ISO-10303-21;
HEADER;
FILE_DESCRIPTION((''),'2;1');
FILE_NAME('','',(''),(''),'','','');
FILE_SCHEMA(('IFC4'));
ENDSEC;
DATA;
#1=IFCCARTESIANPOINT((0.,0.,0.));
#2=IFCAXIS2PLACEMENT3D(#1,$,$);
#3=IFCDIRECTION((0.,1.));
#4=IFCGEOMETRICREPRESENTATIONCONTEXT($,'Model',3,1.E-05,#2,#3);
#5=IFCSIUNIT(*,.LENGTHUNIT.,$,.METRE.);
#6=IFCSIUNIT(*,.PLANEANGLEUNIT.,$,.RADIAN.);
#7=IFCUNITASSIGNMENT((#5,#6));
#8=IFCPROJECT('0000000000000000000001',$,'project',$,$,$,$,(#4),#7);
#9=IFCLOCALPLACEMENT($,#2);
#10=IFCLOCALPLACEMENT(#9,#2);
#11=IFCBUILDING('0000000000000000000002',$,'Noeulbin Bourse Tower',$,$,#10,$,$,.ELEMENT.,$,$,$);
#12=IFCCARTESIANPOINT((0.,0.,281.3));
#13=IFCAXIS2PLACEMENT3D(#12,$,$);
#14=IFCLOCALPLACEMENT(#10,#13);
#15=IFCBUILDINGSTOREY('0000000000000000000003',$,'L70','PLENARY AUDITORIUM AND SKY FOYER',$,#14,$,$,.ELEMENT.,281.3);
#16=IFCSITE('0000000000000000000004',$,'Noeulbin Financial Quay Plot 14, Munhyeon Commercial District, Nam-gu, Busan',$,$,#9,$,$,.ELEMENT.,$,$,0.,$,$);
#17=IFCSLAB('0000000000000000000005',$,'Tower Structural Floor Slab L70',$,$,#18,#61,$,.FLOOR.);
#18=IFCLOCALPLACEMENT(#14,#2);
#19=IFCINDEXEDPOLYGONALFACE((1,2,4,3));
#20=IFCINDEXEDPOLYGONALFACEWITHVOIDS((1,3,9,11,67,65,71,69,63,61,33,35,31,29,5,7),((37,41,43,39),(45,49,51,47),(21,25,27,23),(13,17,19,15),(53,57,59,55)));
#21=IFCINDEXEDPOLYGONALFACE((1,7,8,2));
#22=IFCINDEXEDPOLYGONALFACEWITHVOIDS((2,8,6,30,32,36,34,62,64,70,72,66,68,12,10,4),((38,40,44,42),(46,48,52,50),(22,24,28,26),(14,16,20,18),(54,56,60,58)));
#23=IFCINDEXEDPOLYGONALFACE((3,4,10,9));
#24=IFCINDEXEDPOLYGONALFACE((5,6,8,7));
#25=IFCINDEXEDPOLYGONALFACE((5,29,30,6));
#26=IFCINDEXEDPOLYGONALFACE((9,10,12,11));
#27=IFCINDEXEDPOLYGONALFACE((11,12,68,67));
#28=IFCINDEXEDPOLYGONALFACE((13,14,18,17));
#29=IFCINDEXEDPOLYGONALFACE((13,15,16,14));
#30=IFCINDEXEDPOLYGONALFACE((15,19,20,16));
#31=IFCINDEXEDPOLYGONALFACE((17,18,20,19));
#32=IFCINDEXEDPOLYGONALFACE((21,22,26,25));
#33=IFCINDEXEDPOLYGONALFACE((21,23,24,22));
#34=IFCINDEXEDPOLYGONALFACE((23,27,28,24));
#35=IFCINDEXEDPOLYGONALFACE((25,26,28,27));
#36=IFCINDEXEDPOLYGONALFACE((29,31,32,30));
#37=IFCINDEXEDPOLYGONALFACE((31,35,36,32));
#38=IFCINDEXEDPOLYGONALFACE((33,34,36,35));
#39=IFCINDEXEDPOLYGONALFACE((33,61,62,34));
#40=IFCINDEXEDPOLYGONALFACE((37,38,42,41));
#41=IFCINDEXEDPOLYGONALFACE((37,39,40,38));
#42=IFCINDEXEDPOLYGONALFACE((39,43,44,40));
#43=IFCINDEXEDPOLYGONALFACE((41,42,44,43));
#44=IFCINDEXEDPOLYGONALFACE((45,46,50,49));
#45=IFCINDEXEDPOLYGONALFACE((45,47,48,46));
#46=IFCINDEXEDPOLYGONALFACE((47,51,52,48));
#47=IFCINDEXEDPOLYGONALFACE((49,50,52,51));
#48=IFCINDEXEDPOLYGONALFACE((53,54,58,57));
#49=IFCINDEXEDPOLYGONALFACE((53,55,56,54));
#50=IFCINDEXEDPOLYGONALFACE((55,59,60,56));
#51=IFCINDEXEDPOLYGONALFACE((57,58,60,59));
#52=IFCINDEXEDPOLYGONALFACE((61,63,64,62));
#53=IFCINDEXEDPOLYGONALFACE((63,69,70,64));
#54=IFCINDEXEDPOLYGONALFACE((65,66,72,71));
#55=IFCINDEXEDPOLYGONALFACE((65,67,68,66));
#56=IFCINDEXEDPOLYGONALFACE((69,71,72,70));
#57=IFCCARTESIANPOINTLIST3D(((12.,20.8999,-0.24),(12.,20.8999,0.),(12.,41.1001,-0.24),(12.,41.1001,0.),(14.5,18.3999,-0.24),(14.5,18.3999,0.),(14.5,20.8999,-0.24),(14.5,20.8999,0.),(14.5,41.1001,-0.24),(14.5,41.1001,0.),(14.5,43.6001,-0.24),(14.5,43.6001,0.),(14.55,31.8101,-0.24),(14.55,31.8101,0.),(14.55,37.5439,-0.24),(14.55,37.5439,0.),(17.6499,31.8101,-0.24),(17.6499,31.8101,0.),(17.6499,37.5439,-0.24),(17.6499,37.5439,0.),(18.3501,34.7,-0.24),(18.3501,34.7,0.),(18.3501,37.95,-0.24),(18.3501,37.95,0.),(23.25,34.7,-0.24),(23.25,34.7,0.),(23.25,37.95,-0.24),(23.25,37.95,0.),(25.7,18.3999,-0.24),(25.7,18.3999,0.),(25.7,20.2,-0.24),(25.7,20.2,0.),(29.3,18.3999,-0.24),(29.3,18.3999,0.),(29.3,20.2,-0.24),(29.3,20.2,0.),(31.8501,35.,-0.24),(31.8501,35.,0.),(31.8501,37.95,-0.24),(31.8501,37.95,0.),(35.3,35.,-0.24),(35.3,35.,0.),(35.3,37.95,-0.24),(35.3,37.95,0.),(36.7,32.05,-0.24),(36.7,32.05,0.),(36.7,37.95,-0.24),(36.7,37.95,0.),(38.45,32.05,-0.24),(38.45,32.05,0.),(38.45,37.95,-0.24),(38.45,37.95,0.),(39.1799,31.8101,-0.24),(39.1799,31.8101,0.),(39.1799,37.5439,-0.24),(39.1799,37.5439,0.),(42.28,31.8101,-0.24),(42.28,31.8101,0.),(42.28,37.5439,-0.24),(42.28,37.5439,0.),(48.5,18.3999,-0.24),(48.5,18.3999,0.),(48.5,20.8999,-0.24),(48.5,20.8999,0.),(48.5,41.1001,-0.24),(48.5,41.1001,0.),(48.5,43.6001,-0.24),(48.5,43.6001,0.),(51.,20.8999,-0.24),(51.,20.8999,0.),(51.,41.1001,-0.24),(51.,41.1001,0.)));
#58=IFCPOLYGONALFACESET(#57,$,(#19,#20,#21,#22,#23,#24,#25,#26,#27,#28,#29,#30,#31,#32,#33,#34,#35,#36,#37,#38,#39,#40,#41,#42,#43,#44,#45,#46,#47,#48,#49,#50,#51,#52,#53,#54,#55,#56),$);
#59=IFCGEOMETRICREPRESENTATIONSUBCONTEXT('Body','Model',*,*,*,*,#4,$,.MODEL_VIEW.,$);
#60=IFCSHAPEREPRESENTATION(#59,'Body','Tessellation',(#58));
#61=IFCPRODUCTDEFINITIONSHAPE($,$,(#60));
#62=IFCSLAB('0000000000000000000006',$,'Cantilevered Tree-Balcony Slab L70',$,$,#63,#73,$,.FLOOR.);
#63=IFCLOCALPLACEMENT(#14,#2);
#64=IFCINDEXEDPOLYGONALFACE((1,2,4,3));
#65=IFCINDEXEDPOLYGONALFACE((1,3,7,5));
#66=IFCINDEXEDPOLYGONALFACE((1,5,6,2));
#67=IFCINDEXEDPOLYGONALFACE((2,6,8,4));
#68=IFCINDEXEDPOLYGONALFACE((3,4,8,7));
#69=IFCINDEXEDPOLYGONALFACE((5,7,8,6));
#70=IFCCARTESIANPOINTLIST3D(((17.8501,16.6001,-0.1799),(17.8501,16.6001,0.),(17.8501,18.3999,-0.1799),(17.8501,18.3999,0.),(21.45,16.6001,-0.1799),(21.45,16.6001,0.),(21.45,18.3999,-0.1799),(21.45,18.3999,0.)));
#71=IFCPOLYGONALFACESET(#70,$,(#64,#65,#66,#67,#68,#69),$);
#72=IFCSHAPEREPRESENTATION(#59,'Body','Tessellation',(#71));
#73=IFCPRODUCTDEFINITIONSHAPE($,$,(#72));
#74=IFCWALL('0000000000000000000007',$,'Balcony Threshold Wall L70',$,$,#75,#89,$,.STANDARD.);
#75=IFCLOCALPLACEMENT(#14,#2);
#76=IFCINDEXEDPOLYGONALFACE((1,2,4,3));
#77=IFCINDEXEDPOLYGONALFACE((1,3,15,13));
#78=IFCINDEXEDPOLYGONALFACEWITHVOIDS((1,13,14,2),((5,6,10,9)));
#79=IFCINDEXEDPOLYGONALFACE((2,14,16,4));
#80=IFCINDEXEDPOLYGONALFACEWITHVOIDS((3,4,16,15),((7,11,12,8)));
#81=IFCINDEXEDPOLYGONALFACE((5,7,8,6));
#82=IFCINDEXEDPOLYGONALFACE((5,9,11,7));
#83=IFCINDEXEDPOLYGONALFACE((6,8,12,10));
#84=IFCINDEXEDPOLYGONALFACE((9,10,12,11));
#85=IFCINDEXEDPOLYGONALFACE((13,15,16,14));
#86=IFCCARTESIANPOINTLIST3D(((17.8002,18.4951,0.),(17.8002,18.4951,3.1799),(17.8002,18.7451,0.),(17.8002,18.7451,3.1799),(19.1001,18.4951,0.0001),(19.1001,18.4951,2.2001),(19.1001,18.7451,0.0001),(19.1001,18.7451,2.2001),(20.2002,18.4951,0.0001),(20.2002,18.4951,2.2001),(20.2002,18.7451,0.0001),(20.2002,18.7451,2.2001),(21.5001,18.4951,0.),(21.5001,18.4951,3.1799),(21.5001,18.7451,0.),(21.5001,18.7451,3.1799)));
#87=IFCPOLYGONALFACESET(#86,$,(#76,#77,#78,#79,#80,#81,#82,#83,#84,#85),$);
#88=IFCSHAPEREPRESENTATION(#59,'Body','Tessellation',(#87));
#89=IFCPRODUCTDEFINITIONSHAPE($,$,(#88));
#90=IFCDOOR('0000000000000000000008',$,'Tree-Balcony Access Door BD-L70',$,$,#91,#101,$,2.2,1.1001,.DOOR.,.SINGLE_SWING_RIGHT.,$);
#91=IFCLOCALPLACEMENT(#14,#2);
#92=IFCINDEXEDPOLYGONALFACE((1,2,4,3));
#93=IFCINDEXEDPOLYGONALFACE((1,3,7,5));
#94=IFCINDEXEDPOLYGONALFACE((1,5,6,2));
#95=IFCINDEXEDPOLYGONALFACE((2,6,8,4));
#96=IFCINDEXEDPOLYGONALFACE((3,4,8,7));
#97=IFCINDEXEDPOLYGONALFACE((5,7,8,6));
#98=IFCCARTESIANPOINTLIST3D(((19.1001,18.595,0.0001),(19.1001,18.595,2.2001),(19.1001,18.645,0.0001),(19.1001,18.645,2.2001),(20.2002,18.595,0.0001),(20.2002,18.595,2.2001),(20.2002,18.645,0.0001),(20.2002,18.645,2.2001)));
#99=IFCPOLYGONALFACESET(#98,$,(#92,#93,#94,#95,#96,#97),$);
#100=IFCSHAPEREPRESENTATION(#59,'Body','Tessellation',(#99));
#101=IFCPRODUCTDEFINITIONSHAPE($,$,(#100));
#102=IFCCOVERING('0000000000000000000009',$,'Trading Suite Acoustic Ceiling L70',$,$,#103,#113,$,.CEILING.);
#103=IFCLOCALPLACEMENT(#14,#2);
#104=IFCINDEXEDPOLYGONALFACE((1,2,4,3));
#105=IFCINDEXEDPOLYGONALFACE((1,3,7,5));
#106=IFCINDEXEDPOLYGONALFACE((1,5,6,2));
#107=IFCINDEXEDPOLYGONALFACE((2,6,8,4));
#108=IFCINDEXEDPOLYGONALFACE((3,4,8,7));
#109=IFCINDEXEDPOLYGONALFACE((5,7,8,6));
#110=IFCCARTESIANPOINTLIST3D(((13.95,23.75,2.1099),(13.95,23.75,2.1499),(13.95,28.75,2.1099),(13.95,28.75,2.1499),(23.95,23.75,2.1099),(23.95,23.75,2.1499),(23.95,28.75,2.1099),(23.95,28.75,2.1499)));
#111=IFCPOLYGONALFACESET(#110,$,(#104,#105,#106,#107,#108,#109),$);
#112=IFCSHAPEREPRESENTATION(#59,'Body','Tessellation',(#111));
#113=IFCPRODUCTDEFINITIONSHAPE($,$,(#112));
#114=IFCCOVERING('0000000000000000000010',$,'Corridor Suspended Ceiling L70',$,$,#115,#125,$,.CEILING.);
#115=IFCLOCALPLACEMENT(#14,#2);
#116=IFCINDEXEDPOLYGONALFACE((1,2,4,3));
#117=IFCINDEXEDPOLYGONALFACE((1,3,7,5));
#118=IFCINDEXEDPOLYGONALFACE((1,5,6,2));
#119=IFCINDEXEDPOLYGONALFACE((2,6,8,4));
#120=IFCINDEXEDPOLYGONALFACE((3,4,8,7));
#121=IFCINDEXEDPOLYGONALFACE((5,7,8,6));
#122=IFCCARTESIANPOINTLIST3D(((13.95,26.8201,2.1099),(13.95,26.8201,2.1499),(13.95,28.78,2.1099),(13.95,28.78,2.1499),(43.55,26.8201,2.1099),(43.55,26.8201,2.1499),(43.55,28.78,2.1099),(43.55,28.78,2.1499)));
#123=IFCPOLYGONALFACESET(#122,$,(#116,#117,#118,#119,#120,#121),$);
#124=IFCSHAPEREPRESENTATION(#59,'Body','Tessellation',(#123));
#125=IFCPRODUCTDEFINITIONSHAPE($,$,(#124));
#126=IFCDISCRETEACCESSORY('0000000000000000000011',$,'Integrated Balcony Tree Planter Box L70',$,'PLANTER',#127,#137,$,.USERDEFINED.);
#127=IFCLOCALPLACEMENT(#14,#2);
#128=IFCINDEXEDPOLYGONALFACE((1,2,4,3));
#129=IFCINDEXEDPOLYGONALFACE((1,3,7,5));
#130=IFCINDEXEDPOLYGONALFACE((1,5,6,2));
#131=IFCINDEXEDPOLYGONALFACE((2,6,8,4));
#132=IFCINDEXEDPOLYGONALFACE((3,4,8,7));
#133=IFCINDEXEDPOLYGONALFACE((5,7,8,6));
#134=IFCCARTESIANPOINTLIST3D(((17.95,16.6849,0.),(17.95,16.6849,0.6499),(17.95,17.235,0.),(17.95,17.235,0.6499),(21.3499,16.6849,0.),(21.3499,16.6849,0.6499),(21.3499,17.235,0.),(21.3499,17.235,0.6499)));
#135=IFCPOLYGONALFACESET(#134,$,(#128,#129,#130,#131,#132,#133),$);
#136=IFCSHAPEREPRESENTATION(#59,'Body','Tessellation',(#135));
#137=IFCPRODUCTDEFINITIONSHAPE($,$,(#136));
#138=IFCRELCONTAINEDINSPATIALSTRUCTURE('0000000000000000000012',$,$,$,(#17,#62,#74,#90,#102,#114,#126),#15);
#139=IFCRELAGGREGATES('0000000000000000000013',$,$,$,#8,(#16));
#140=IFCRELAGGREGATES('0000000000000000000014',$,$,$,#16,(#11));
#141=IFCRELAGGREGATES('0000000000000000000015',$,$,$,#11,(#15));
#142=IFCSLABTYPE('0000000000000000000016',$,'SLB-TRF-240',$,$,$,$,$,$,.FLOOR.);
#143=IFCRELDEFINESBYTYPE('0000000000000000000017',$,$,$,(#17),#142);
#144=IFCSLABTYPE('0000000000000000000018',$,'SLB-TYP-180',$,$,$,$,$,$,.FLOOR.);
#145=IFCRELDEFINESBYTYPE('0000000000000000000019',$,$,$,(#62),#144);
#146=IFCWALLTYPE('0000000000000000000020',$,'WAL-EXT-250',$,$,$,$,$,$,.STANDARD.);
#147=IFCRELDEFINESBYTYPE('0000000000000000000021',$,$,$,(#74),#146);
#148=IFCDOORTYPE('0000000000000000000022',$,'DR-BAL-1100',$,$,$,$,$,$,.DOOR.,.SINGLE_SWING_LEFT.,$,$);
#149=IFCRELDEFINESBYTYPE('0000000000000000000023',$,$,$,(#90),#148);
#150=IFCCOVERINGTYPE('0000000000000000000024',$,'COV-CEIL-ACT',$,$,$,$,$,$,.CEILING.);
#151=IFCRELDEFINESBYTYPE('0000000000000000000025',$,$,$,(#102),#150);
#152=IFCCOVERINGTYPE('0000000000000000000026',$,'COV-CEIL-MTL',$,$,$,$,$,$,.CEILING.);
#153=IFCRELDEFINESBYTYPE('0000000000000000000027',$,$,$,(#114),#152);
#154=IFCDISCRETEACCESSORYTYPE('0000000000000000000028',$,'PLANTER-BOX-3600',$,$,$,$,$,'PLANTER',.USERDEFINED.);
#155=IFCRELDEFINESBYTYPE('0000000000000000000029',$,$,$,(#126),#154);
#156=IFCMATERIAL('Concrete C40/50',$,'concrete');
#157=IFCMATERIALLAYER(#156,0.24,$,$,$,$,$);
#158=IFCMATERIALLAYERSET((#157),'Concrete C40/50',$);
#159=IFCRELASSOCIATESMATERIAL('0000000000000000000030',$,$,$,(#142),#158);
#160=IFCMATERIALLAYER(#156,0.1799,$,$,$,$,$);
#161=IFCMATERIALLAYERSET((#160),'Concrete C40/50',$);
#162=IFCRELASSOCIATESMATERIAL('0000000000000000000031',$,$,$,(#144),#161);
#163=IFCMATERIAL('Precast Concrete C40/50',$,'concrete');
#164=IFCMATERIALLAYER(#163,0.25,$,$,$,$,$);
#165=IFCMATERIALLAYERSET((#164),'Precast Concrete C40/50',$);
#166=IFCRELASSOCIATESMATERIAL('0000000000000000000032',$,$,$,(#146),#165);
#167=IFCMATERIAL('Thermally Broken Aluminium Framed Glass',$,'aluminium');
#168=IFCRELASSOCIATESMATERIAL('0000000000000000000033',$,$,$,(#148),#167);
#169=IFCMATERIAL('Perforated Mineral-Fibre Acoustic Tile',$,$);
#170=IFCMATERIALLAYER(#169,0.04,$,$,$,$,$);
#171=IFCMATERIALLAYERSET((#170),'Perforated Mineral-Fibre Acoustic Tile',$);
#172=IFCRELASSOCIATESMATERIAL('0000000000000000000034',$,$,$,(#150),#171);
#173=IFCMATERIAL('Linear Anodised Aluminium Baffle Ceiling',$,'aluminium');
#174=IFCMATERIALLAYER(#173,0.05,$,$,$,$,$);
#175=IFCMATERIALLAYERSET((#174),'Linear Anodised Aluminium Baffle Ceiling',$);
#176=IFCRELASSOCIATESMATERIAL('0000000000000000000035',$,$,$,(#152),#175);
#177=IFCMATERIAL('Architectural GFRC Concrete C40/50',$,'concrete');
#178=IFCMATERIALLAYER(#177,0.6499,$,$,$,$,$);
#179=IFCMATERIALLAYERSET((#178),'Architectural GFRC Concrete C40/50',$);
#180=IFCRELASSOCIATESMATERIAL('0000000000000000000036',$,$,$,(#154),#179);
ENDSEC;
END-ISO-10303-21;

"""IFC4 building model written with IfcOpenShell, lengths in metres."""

from ifc_helpers import new_model, si_unit, direction, frame, frame_2d, origin, origin_2d, place, context, subcontext, project, spatial, polyline, rectangle, outline, extrude, material, layer, layer_set, type_object, element, fill, save


model = new_model("IFC4")

# Units and contexts
model_context = context("Model", 3, precision=1e-05, world=origin(), true_north=direction((0.0, 1.0)))
body_context = subcontext(model_context, "Body", "Model", "MODEL_VIEW")
ifc_project = project(units=[si_unit("LENGTHUNIT", "METRE"), si_unit("PLANEANGLEUNIT", "RADIAN")], contexts=[model_context])

# Site, building, storey
site_placement = place(None, origin())
site = spatial("IfcSite", under=ifc_project, at=site_placement, Name="Noeulbin Financial Quay Plot 14, Munhyeon Commercial District, Nam-gu, Busan", CompositionType="ELEMENT", RefElevation=0.0)
building_placement = place(site_placement, origin())
building = spatial("IfcBuilding", under=site, at=building_placement, Name="Noeulbin Bourse Tower", CompositionType="ELEMENT")
storey_placement = place(building_placement, frame((0.0, 0.0, 281.3)))
storey = spatial("IfcBuildingStorey", under=building, at=storey_placement, Name="L70", Description="PLENARY AUDITORIUM AND SKY FOYER", CompositionType="ELEMENT", Elevation=281.3)

# Shared definitions
ifc_material_1 = material(Name="Concrete C40/50", Category="concrete")

# Slab, openings
ifc_layer_1 = layer(ifc_material_1, 0.24)
ifc_layer_set_1 = layer_set([ifc_layer_1], Name="Concrete C40/50")
slab_type_1 = type_object("IfcSlabType", Name="SLB-TRF-240", PredefinedType="FLOOR", material=ifc_layer_set_1)
slab_1_placement = place(storey_placement, frame((0.0, 0.0, -0.24)))
slab_1 = element("IfcSlab", 1, at=slab_1_placement, inside=storey, type_object=slab_type_1, Name="Tower Structural Floor Slab L70", PredefinedType="FLOOR", context=body_context, shape_type="SweptSolid", body=[
    extrude(outline(polyline([(14.5, 18.3999), (25.7, 18.3999), (25.7, 20.2), (29.3, 20.2), (29.3, 18.3999), (48.5, 18.3999), (48.5, 20.8999), (51.0, 20.8999), (51.0, 41.1001), (48.5, 41.1001), (48.5, 43.6001), (14.5, 43.6001), (14.5, 41.1001), (12.0, 41.1001), (12.0, 20.8999), (14.5, 20.8999), (14.5, 18.3999)]), holes=[polyline([(17.6499, 31.8101), (17.6499, 37.5439), (14.55, 37.5439), (14.55, 31.8101), (17.6499, 31.8101)]), polyline([(42.28, 31.8101), (42.28, 37.5439), (39.1799, 37.5439), (39.1799, 31.8101), (42.28, 31.8101)]), polyline([(18.3501, 34.7), (23.25, 34.7), (23.25, 37.95), (18.3501, 37.95), (18.3501, 34.7)]), polyline([(36.7, 32.05), (38.45, 32.05), (38.45, 37.95), (36.7, 37.95), (36.7, 32.05)]), polyline([(31.8501, 35.0), (35.3, 35.0), (35.3, 37.95), (31.8501, 37.95), (31.8501, 35.0)])]), origin(), (0.0, 0.0, 1.0), 0.24),
])
opening_1_placement = place(slab_1_placement, frame((0.0, 0.0, -0.01)))
element("IfcOpeningElement", 2, at=opening_1_placement, cuts=slab_1, PredefinedType="OPENING", context=body_context, shape_type="SweptSolid", body=[
    extrude(outline(polyline([(17.6499, 31.8101), (17.6499, 37.5439), (14.55, 37.5439), (14.55, 31.8101), (17.6499, 31.8101)])), origin(), (0.0, 0.0, 1.0), 0.26),
])
opening_2_placement = place(slab_1_placement, frame((0.0, 0.0, -0.01)))
element("IfcOpeningElement", 3, at=opening_2_placement, cuts=slab_1, PredefinedType="OPENING", context=body_context, shape_type="SweptSolid", body=[
    extrude(outline(polyline([(42.28, 31.8101), (42.28, 37.5439), (39.1799, 37.5439), (39.1799, 31.8101), (42.28, 31.8101)])), origin(), (0.0, 0.0, 1.0), 0.26),
])
opening_3_placement = place(slab_1_placement, frame((0.0, 0.0, -0.01)))
element("IfcOpeningElement", 4, at=opening_3_placement, cuts=slab_1, PredefinedType="OPENING", context=body_context, shape_type="SweptSolid", body=[
    extrude(outline(polyline([(18.3501, 34.7), (23.25, 34.7), (23.25, 37.95), (18.3501, 37.95), (18.3501, 34.7)])), origin(), (0.0, 0.0, 1.0), 0.26),
])
opening_4_placement = place(slab_1_placement, frame((0.0, 0.0, -0.01)))
element("IfcOpeningElement", 5, at=opening_4_placement, cuts=slab_1, PredefinedType="OPENING", context=body_context, shape_type="SweptSolid", body=[
    extrude(outline(polyline([(36.7, 32.05), (38.45, 32.05), (38.45, 37.95), (36.7, 37.95), (36.7, 32.05)])), origin(), (0.0, 0.0, 1.0), 0.26),
])
opening_5_placement = place(slab_1_placement, frame((0.0, 0.0, -0.01)))
element("IfcOpeningElement", 6, at=opening_5_placement, cuts=slab_1, PredefinedType="OPENING", context=body_context, shape_type="SweptSolid", body=[
    extrude(outline(polyline([(31.8501, 35.0), (35.3, 35.0), (35.3, 37.95), (31.8501, 37.95), (31.8501, 35.0)])), origin(), (0.0, 0.0, 1.0), 0.26),
])

# Slab
ifc_layer_2 = layer(ifc_material_1, 0.1799)
ifc_layer_set_2 = layer_set([ifc_layer_2], Name="Concrete C40/50")
slab_type_2 = type_object("IfcSlabType", Name="SLB-TYP-180", PredefinedType="FLOOR", material=ifc_layer_set_2)
slab_2_placement = place(storey_placement, frame((0.0, 0.0, -0.1799)))
element("IfcSlab", 7, at=slab_2_placement, inside=storey, type_object=slab_type_2, Name="Cantilevered Tree-Balcony Slab L70", PredefinedType="FLOOR", context=body_context, shape_type="SweptSolid", body=[
    extrude(outline(polyline([(17.8501, 16.6001), (21.45, 16.6001), (21.45, 18.3999), (17.8501, 18.3999), (17.8501, 16.6001)])), origin(), (0.0, 0.0, 1.0), 0.1799),
])

# Wall, opening, door
ifc_material_2 = material(Name="Precast Concrete C40/50", Category="concrete")
ifc_layer_3 = layer(ifc_material_2, 0.25)
ifc_layer_set_3 = layer_set([ifc_layer_3], Name="Precast Concrete C40/50")
wall_type = type_object("IfcWallType", Name="WAL-EXT-250", PredefinedType="STANDARD", material=ifc_layer_set_3)
wall_placement = place(storey_placement, frame((17.8, 18.6201, 0.0), z_axis=(0.0, 0.0, 1.0), x_axis=(1.0, 0.0, 0.0)))
wall = element("IfcWall", 8, at=wall_placement, inside=storey, type_object=wall_type, Name="Balcony Threshold Wall L70", PredefinedType="STANDARD", context=body_context, shape_type="SweptSolid", body=[
    extrude(rectangle(XDim=3.7, YDim=0.25, at=frame_2d((1.8501, 0.0))), origin(), (0.0, 0.0, 1.0), 3.1799),
])
opening_6_placement = place(wall_placement, frame((1.3, 0.0, 0.0)))
opening_6 = element("IfcOpeningElement", 9, at=opening_6_placement, cuts=wall, PredefinedType="OPENING", context=body_context, shape_type="SweptSolid", body=[
    extrude(rectangle(XDim=1.1001, YDim=2.2, at=frame_2d((0.55, 1.1001))), frame((0.0, 0.135, 0.0), z_axis=(0.0, -1.0, 0.0), x_axis=(1.0, 0.0, 0.0)), (0.0, 0.0, 1.0), 0.27),
])
ifc_material_3 = material(Name="Thermally Broken Aluminium Framed Glass", Category="aluminium")
door_type = type_object("IfcDoorType", Name="DR-BAL-1100", OperationType="SINGLE_SWING_LEFT", PredefinedType="DOOR", material=ifc_material_3)
door_placement = place(opening_6_placement, origin())
door = element("IfcDoor", 10, at=door_placement, inside=storey, type_object=door_type, Name="Tree-Balcony Access Door BD-L70", OperationType="SINGLE_SWING_RIGHT", OverallHeight=2.2, OverallWidth=1.1001, PredefinedType="DOOR", context=body_context, shape_type="SweptSolid", body=[
    extrude(rectangle(XDim=1.1001, YDim=2.2, at=frame_2d((0.55, 1.1001))), frame((0.0, 0.0249, 0.0), z_axis=(0.0, -1.0, 0.0), x_axis=(1.0, 0.0, 0.0)), (0.0, 0.0, 1.0), 0.05),
])
fill(opening_6, door)

# Coverings
ifc_material_4 = material(Name="Perforated Mineral-Fibre Acoustic Tile")
ifc_layer_4 = layer(ifc_material_4, 0.04)
ifc_layer_set_4 = layer_set([ifc_layer_4], Name="Perforated Mineral-Fibre Acoustic Tile")
covering_type_1 = type_object("IfcCoveringType", Name="COV-CEIL-ACT", PredefinedType="CEILING", material=ifc_layer_set_4)
covering_1_placement = place(storey_placement, frame((0.0, 0.0, 2.1099)))
element("IfcCovering", 11, at=covering_1_placement, inside=storey, type_object=covering_type_1, Name="Trading Suite Acoustic Ceiling L70", PredefinedType="CEILING", context=body_context, shape_type="SweptSolid", body=[
    extrude(outline(polyline([(13.95, 23.75), (23.95, 23.75), (23.95, 28.75), (13.95, 28.75), (13.95, 23.75)])), origin(), (0.0, 0.0, 1.0), 0.04),
])
ifc_material_5 = material(Name="Linear Anodised Aluminium Baffle Ceiling", Category="aluminium")
ifc_layer_5 = layer(ifc_material_5, 0.05)
ifc_layer_set_5 = layer_set([ifc_layer_5], Name="Linear Anodised Aluminium Baffle Ceiling")
covering_type_2 = type_object("IfcCoveringType", Name="COV-CEIL-MTL", PredefinedType="CEILING", material=ifc_layer_set_5)
covering_2_placement = place(storey_placement, frame((0.0, 0.0, 2.1099)))
element("IfcCovering", 12, at=covering_2_placement, inside=storey, type_object=covering_type_2, Name="Corridor Suspended Ceiling L70", PredefinedType="CEILING", context=body_context, shape_type="SweptSolid", body=[
    extrude(outline(polyline([(13.95, 26.8201), (43.55, 26.8201), (43.55, 28.78), (13.95, 28.78), (13.95, 26.8201)])), origin(), (0.0, 0.0, 1.0), 0.04),
])

# Discrete accessory
ifc_material_6 = material(Name="Architectural GFRC Concrete C40/50", Category="concrete")
ifc_layer_6 = layer(ifc_material_6, 0.6499)
ifc_layer_set_6 = layer_set([ifc_layer_6], Name="Architectural GFRC Concrete C40/50")
discrete_accessory_type = type_object("IfcDiscreteAccessoryType", Name="PLANTER-BOX-3600", ElementType="PLANTER", PredefinedType="USERDEFINED", material=ifc_layer_set_6)
discrete_accessory_placement = place(storey_placement, frame((19.6499, 16.96, 0.0), z_axis=(0.0, 0.0, 1.0), x_axis=(1.0, 0.0, 0.0)))
element("IfcDiscreteAccessory", 13, at=discrete_accessory_placement, inside=storey, type_object=discrete_accessory_type, Name="Integrated Balcony Tree Planter Box L70", ObjectType="PLANTER", PredefinedType="USERDEFINED", context=body_context, shape_type="SweptSolid", body=[
    extrude(rectangle(XDim=3.3999, YDim=0.55, at=origin_2d()), origin(), (0.0, 0.0, 1.0), 0.6499),
])

save(model, "model.ifc")
